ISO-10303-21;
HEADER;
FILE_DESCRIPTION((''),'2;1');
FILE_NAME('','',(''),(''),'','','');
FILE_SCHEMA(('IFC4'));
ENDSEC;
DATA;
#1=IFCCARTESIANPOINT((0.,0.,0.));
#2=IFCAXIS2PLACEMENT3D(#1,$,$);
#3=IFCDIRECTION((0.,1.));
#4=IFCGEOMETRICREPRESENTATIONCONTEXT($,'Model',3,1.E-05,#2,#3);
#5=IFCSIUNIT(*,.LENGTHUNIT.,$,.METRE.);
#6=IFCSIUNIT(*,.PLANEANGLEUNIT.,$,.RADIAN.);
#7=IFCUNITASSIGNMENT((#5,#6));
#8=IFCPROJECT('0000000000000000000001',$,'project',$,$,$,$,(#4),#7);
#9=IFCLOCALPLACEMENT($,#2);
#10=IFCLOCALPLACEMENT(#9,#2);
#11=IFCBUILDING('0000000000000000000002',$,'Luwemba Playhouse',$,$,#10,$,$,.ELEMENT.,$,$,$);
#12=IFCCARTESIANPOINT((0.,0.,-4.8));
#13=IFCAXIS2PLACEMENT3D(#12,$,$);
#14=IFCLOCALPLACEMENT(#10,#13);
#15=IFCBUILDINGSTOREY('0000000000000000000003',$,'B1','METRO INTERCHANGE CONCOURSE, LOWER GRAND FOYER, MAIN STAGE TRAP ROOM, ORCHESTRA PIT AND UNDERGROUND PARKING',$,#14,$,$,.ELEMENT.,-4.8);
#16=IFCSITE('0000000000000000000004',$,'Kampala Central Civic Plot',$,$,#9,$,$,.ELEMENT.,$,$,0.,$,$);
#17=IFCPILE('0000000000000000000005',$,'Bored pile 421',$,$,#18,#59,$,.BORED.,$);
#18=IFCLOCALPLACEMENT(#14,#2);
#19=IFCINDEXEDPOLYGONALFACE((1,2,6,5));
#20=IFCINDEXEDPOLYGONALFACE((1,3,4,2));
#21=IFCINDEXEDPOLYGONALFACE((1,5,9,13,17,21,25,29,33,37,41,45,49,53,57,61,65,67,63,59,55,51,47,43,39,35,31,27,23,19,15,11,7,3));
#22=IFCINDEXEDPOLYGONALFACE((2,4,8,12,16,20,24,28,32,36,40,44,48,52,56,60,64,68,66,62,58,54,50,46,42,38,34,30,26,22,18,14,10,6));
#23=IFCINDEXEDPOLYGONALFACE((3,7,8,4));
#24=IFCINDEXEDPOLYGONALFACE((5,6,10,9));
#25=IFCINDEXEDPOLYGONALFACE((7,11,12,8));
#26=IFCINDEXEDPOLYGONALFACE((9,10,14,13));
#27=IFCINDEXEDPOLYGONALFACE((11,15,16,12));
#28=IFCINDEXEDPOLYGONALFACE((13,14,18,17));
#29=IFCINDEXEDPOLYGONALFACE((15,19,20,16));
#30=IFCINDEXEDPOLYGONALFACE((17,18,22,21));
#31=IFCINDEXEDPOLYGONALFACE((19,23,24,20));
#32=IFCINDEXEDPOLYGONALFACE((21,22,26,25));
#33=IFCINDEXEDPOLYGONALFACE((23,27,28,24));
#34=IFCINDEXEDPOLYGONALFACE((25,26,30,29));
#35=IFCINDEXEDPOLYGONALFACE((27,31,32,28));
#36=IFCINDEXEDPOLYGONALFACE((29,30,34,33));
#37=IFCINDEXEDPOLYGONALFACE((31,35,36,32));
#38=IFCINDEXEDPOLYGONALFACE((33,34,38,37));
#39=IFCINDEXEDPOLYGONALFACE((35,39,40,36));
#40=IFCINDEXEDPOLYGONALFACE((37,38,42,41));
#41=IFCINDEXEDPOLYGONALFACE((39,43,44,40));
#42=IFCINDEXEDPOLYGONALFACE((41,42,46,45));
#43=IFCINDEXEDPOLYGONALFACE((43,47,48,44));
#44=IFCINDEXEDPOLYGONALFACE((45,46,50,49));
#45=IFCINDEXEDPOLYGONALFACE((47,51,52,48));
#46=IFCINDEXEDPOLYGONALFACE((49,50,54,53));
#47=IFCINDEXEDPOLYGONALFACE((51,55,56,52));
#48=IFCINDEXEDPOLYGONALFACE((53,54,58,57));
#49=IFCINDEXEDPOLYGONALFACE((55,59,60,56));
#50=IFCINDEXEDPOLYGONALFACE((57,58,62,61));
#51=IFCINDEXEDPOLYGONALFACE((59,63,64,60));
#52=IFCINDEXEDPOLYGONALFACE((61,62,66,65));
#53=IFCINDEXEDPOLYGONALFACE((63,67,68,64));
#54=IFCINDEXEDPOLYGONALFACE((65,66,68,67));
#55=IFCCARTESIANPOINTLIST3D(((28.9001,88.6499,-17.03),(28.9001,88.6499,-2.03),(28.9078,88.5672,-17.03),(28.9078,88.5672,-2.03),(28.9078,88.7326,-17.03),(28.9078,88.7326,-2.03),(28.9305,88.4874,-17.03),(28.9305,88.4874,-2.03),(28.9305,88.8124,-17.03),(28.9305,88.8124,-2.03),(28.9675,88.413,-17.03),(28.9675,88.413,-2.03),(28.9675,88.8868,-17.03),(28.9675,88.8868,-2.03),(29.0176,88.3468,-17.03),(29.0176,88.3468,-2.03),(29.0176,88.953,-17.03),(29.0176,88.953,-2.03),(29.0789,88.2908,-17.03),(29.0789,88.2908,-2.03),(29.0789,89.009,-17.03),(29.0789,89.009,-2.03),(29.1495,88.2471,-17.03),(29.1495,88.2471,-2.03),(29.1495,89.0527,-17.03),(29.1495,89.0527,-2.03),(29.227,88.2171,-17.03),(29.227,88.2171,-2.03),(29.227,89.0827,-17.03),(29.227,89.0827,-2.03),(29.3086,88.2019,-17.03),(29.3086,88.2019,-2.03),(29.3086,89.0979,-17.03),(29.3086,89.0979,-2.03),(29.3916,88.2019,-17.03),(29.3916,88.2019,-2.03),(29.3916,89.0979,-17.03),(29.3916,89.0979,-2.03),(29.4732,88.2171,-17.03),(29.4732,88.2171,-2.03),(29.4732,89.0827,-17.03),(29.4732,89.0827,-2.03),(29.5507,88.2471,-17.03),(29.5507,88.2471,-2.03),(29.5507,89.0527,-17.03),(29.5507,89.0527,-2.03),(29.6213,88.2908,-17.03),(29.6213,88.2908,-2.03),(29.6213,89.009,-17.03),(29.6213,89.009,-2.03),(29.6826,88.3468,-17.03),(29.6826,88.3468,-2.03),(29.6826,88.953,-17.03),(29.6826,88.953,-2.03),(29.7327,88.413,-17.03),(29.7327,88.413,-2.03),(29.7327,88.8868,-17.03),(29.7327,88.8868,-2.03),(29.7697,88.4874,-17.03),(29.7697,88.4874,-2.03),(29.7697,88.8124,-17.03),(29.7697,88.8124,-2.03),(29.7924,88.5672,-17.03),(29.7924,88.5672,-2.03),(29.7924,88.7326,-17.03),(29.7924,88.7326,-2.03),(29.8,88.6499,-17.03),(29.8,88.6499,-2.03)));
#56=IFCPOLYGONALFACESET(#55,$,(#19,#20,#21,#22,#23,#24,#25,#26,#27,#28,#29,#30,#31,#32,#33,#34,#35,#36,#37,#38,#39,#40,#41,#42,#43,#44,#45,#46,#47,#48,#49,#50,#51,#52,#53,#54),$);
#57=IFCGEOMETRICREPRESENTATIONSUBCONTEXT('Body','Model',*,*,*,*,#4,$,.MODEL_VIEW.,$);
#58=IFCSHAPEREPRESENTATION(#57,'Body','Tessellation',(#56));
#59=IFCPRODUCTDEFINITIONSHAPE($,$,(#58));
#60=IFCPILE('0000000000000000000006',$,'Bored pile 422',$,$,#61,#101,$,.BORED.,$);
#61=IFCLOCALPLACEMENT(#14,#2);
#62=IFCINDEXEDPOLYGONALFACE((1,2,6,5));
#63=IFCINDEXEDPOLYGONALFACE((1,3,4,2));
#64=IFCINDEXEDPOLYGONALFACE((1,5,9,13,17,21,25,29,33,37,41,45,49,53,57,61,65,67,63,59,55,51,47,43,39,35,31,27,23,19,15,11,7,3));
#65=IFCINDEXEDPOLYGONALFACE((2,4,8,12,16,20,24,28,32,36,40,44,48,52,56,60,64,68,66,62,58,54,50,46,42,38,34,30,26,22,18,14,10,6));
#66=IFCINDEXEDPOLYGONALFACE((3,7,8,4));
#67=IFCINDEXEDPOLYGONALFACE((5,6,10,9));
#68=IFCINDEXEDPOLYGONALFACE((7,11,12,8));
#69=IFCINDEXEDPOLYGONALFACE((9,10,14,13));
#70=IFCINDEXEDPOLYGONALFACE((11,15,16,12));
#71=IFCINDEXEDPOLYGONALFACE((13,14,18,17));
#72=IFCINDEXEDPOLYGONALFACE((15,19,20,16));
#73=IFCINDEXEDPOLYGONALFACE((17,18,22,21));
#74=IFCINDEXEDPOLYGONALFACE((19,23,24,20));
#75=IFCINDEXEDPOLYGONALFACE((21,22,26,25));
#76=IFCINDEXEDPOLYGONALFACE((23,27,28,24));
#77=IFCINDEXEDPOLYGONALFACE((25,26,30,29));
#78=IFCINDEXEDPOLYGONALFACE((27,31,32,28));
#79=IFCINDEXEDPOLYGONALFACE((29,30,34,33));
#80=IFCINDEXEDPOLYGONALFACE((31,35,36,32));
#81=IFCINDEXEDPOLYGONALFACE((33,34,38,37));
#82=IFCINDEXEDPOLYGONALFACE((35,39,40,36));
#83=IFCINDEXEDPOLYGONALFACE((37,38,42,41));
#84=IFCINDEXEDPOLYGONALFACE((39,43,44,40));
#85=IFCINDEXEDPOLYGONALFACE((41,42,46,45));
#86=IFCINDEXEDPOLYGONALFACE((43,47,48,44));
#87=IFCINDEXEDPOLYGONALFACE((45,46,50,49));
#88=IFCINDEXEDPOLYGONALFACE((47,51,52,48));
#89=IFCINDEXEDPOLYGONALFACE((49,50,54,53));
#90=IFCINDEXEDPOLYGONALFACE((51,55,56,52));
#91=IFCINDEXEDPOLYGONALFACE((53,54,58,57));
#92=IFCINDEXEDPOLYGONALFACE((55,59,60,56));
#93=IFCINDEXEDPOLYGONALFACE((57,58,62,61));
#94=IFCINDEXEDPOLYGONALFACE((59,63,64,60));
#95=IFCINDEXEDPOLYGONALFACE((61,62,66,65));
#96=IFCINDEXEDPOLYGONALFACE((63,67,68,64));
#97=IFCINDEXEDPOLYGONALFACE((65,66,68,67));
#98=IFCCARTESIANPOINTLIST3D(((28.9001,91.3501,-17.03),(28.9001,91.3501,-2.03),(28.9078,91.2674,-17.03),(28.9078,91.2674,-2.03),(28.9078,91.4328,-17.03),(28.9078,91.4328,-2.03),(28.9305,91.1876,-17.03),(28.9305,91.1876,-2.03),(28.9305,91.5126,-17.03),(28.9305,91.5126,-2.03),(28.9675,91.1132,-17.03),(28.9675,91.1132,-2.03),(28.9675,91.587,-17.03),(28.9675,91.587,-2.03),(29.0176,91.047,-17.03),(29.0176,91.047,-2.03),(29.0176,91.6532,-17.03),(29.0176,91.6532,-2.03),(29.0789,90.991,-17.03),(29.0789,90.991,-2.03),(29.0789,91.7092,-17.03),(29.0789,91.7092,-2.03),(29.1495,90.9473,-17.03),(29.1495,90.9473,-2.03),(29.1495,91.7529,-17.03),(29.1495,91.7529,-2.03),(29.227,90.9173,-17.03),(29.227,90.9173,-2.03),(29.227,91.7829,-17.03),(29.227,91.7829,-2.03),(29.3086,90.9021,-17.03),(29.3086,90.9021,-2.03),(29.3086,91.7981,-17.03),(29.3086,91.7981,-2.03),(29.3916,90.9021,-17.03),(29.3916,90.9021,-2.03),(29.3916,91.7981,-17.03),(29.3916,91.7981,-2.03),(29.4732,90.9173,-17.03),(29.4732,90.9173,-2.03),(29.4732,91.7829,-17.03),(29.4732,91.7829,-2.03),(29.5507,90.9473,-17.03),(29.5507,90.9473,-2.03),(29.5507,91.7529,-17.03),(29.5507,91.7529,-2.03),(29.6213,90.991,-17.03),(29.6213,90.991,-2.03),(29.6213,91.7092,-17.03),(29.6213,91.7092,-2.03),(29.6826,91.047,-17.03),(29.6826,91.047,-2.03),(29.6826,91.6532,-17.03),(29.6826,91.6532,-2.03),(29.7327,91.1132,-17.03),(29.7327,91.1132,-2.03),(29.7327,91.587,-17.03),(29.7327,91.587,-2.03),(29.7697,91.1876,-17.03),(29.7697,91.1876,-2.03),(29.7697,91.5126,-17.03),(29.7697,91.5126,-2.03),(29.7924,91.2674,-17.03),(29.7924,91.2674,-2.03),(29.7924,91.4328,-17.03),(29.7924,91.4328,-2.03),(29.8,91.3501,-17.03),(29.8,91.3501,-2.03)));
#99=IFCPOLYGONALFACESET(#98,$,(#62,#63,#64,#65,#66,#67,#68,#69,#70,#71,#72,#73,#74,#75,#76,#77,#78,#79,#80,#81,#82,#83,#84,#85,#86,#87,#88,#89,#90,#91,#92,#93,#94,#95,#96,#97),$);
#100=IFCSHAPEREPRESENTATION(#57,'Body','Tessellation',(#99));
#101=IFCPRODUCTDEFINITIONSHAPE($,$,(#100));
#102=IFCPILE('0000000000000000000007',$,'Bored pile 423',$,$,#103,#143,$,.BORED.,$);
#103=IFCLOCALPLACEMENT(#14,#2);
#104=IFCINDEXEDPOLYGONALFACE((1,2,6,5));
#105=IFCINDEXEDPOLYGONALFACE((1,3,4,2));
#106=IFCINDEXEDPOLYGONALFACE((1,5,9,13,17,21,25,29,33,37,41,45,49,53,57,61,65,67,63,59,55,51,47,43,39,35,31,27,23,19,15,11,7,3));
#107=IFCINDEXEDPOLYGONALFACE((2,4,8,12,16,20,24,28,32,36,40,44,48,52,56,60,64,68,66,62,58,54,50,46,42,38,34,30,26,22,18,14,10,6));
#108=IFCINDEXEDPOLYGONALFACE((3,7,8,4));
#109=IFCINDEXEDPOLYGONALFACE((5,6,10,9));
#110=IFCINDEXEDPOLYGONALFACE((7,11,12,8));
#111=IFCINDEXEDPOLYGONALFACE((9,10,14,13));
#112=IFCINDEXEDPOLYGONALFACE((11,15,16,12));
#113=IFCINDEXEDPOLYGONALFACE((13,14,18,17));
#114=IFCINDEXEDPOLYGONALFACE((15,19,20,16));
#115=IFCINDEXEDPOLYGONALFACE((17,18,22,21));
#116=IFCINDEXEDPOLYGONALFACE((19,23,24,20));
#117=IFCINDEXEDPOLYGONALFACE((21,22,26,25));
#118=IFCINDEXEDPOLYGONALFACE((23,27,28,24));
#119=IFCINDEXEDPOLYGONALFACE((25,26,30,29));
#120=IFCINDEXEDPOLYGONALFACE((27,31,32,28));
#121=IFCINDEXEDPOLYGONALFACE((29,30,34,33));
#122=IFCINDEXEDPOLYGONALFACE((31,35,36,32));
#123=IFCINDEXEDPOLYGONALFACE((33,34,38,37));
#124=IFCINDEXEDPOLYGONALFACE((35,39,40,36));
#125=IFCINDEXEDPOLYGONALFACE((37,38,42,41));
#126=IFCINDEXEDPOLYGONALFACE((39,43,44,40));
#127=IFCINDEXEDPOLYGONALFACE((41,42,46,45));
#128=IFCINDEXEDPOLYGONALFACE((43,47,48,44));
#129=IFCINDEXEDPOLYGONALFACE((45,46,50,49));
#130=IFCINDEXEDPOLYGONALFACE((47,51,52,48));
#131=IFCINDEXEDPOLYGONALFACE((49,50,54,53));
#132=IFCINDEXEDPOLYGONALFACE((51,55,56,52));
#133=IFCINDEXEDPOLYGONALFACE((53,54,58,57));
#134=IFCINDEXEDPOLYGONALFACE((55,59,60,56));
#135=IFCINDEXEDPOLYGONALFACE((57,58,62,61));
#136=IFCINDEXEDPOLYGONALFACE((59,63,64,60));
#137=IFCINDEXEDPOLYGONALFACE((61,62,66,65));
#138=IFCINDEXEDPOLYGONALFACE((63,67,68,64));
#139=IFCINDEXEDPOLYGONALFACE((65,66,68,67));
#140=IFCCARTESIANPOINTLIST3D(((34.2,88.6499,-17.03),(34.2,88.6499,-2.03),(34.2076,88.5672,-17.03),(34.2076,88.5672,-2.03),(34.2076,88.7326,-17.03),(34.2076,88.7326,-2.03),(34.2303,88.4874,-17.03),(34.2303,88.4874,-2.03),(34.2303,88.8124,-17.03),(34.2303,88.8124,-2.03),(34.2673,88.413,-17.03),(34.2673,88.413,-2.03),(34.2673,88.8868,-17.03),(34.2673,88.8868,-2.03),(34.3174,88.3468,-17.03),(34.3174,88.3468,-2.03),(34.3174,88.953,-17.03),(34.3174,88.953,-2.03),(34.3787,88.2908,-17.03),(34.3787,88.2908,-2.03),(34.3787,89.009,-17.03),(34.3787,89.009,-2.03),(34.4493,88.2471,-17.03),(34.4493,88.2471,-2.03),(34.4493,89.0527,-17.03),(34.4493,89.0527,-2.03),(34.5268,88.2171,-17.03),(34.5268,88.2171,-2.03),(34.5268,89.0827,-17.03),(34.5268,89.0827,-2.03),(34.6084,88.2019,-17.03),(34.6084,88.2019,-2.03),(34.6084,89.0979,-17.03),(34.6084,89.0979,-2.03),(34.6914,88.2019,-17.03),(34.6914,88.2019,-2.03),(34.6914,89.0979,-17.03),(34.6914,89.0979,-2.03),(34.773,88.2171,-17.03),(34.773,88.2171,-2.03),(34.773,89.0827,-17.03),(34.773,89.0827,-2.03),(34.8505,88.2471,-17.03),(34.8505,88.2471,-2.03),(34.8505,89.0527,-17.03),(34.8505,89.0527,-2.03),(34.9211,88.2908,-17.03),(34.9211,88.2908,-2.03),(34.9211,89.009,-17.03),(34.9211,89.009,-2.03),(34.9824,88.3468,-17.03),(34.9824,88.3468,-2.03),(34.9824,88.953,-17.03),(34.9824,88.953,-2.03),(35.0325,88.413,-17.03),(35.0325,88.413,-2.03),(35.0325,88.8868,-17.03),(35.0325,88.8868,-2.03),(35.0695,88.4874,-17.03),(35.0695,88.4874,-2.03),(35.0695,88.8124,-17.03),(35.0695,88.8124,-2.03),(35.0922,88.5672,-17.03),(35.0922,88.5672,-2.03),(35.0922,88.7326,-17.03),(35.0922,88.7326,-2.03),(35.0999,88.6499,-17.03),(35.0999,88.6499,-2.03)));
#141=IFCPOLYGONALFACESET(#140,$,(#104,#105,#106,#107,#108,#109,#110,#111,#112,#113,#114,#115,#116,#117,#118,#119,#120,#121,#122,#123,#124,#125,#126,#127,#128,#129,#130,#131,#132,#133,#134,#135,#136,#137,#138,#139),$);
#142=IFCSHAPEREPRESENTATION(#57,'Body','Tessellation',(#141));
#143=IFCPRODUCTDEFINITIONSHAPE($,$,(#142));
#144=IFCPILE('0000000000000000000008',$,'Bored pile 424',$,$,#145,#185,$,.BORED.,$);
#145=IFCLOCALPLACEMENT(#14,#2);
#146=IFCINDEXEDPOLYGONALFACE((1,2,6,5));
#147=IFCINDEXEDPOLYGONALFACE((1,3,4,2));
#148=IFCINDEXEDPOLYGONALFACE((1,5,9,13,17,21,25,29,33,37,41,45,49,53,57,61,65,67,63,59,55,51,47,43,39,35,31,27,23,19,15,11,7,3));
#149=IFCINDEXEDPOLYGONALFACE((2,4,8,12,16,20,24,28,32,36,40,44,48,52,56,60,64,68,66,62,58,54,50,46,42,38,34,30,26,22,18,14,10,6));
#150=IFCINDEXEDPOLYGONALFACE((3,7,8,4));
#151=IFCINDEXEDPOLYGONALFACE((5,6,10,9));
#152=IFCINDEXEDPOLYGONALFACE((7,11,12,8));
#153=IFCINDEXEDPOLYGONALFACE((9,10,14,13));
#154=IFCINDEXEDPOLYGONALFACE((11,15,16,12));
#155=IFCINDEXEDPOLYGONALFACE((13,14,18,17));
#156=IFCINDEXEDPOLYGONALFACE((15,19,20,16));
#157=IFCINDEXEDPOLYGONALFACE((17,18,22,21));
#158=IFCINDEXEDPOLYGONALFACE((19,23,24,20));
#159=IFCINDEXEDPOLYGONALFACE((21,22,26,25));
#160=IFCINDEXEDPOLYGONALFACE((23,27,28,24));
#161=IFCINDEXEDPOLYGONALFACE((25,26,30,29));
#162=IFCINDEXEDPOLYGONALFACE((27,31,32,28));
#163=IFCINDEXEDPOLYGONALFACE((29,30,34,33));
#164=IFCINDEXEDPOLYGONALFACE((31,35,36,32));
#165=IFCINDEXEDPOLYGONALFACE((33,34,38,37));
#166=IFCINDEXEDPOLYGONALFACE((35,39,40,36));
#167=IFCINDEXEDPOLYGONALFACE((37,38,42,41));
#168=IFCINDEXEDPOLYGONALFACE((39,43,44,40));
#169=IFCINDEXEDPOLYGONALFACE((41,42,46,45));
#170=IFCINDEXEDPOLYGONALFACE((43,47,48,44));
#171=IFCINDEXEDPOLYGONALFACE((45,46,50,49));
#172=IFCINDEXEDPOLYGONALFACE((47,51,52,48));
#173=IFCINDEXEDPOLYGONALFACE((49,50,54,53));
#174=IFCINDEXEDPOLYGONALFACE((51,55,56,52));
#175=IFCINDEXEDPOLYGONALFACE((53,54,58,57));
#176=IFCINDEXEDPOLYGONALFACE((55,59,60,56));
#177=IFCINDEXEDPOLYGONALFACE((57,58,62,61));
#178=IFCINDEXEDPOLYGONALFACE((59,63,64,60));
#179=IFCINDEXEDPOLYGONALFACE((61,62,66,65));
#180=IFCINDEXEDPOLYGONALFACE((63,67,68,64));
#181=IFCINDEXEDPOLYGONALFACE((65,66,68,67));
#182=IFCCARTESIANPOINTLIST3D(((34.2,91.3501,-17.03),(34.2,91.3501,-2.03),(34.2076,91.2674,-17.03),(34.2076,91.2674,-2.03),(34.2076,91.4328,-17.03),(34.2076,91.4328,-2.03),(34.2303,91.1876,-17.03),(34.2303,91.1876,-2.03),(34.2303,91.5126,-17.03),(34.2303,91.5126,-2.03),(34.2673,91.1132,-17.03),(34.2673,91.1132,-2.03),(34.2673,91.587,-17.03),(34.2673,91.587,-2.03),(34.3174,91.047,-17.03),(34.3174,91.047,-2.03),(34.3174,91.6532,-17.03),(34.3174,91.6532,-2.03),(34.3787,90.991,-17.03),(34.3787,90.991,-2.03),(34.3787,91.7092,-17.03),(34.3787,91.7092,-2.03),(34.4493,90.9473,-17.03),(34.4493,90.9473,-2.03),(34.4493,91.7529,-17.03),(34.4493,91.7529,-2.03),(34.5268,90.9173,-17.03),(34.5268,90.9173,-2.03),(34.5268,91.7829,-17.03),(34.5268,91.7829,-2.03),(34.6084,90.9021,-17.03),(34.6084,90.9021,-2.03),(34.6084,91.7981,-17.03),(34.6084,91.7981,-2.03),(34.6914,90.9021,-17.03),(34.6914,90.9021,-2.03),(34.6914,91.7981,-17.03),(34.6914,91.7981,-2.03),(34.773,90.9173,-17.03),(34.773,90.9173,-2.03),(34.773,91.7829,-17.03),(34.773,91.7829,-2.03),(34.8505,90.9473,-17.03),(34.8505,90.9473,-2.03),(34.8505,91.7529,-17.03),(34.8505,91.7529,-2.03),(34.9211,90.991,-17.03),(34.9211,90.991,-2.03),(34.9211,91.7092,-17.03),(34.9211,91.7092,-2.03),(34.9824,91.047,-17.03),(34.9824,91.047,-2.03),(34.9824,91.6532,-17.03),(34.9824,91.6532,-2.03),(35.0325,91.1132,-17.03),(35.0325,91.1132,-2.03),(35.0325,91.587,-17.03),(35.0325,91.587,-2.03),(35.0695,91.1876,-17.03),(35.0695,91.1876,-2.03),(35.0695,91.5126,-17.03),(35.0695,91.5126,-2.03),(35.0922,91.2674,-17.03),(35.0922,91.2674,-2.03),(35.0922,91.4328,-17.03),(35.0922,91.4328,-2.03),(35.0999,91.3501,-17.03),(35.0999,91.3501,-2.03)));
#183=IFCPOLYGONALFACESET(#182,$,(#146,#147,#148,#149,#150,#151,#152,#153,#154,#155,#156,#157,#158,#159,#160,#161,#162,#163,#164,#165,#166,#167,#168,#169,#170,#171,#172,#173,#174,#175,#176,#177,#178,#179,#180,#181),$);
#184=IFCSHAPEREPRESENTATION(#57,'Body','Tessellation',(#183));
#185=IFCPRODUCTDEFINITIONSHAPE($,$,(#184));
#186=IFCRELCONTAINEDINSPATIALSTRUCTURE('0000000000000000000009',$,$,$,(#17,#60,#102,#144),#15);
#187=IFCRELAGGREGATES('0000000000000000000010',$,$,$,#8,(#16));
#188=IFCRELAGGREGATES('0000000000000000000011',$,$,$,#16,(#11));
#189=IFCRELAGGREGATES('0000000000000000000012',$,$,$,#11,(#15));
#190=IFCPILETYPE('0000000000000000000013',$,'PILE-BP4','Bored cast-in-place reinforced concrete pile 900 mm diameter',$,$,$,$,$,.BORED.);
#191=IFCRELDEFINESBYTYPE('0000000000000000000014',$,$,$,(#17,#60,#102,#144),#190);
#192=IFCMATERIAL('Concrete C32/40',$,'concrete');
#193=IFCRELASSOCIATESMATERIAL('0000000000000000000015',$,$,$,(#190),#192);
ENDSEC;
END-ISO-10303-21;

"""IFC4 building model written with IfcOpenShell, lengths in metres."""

from ifc_helpers import new_model, si_unit, direction, frame, origin, origin_2d, place, context, subcontext, project, spatial, circle, extrude, material, material_profile, profile_set, type_object, element, save


model = new_model("IFC4")

# Units and contexts
model_context = context("Model", 3, precision=1e-05, world=origin(), true_north=direction((0.0, 1.0)))
body_context = subcontext(model_context, "Body", "Model", "MODEL_VIEW")
ifc_project = project(units=[si_unit("LENGTHUNIT", "METRE"), si_unit("PLANEANGLEUNIT", "RADIAN")], contexts=[model_context])

# Site, building, storey
site_placement = place(None, origin())
site = spatial("IfcSite", under=ifc_project, at=site_placement, Name="Kampala Central Civic Plot", CompositionType="ELEMENT", RefElevation=0.0)
building_placement = place(site_placement, origin())
building = spatial("IfcBuilding", under=site, at=building_placement, Name="Luwemba Playhouse", CompositionType="ELEMENT")
storey_placement = place(building_placement, frame((0.0, 0.0, -4.8)))
storey = spatial("IfcBuildingStorey", under=building, at=storey_placement, Name="B1", Description="METRO INTERCHANGE CONCOURSE, LOWER GRAND FOYER, MAIN STAGE TRAP ROOM, ORCHESTRA PIT AND UNDERGROUND PARKING", CompositionType="ELEMENT", Elevation=-4.8)

# Shared definitions
ifc_material_1 = material(Name="Concrete C32/40", Category="concrete")

# Piles
ifc_material_profile_1 = material_profile(ifc_material_1, circle(Radius=0.45, at=origin_2d()))
ifc_profile_set_1 = profile_set([ifc_material_profile_1], Name="Concrete C32/40")
pile_type_1 = type_object("IfcPileType", Name="PILE-BP4", Description="Bored cast-in-place reinforced concrete pile 900 mm diameter", PredefinedType="BORED", material=ifc_profile_set_1)
for number, where, z_axis, x_axis, name in (
    (1, (29.3501, 88.6499, -2.03), (0.0, 0.0, -1.0), (1.0, 0.0, 0.0), "Bored pile 421"),
    (2, (29.3501, 91.3501, -2.03), (0.0, 0.0, -1.0), (1.0, 0.0, 0.0), "Bored pile 422"),
    (3, (34.6499, 88.6499, -2.03), (0.0, 0.0, -1.0), (1.0, 0.0, 0.0), "Bored pile 423"),
    (4, (34.6499, 91.3501, -2.03), (0.0, 0.0, -1.0), (1.0, 0.0, 0.0), "Bored pile 424"),
):
    element("IfcPile", number, at=place(storey_placement, frame(where, z_axis=z_axis, x_axis=x_axis)), inside=storey, type_object=pile_type_1, Name=name, PredefinedType="BORED", context=body_context, shape_type="SweptSolid", body=[
        extrude(circle(Radius=0.45, at=origin_2d()), origin(), (0.0, 0.0, 1.0), 15.0),
    ])

save(model, "model.ifc")
